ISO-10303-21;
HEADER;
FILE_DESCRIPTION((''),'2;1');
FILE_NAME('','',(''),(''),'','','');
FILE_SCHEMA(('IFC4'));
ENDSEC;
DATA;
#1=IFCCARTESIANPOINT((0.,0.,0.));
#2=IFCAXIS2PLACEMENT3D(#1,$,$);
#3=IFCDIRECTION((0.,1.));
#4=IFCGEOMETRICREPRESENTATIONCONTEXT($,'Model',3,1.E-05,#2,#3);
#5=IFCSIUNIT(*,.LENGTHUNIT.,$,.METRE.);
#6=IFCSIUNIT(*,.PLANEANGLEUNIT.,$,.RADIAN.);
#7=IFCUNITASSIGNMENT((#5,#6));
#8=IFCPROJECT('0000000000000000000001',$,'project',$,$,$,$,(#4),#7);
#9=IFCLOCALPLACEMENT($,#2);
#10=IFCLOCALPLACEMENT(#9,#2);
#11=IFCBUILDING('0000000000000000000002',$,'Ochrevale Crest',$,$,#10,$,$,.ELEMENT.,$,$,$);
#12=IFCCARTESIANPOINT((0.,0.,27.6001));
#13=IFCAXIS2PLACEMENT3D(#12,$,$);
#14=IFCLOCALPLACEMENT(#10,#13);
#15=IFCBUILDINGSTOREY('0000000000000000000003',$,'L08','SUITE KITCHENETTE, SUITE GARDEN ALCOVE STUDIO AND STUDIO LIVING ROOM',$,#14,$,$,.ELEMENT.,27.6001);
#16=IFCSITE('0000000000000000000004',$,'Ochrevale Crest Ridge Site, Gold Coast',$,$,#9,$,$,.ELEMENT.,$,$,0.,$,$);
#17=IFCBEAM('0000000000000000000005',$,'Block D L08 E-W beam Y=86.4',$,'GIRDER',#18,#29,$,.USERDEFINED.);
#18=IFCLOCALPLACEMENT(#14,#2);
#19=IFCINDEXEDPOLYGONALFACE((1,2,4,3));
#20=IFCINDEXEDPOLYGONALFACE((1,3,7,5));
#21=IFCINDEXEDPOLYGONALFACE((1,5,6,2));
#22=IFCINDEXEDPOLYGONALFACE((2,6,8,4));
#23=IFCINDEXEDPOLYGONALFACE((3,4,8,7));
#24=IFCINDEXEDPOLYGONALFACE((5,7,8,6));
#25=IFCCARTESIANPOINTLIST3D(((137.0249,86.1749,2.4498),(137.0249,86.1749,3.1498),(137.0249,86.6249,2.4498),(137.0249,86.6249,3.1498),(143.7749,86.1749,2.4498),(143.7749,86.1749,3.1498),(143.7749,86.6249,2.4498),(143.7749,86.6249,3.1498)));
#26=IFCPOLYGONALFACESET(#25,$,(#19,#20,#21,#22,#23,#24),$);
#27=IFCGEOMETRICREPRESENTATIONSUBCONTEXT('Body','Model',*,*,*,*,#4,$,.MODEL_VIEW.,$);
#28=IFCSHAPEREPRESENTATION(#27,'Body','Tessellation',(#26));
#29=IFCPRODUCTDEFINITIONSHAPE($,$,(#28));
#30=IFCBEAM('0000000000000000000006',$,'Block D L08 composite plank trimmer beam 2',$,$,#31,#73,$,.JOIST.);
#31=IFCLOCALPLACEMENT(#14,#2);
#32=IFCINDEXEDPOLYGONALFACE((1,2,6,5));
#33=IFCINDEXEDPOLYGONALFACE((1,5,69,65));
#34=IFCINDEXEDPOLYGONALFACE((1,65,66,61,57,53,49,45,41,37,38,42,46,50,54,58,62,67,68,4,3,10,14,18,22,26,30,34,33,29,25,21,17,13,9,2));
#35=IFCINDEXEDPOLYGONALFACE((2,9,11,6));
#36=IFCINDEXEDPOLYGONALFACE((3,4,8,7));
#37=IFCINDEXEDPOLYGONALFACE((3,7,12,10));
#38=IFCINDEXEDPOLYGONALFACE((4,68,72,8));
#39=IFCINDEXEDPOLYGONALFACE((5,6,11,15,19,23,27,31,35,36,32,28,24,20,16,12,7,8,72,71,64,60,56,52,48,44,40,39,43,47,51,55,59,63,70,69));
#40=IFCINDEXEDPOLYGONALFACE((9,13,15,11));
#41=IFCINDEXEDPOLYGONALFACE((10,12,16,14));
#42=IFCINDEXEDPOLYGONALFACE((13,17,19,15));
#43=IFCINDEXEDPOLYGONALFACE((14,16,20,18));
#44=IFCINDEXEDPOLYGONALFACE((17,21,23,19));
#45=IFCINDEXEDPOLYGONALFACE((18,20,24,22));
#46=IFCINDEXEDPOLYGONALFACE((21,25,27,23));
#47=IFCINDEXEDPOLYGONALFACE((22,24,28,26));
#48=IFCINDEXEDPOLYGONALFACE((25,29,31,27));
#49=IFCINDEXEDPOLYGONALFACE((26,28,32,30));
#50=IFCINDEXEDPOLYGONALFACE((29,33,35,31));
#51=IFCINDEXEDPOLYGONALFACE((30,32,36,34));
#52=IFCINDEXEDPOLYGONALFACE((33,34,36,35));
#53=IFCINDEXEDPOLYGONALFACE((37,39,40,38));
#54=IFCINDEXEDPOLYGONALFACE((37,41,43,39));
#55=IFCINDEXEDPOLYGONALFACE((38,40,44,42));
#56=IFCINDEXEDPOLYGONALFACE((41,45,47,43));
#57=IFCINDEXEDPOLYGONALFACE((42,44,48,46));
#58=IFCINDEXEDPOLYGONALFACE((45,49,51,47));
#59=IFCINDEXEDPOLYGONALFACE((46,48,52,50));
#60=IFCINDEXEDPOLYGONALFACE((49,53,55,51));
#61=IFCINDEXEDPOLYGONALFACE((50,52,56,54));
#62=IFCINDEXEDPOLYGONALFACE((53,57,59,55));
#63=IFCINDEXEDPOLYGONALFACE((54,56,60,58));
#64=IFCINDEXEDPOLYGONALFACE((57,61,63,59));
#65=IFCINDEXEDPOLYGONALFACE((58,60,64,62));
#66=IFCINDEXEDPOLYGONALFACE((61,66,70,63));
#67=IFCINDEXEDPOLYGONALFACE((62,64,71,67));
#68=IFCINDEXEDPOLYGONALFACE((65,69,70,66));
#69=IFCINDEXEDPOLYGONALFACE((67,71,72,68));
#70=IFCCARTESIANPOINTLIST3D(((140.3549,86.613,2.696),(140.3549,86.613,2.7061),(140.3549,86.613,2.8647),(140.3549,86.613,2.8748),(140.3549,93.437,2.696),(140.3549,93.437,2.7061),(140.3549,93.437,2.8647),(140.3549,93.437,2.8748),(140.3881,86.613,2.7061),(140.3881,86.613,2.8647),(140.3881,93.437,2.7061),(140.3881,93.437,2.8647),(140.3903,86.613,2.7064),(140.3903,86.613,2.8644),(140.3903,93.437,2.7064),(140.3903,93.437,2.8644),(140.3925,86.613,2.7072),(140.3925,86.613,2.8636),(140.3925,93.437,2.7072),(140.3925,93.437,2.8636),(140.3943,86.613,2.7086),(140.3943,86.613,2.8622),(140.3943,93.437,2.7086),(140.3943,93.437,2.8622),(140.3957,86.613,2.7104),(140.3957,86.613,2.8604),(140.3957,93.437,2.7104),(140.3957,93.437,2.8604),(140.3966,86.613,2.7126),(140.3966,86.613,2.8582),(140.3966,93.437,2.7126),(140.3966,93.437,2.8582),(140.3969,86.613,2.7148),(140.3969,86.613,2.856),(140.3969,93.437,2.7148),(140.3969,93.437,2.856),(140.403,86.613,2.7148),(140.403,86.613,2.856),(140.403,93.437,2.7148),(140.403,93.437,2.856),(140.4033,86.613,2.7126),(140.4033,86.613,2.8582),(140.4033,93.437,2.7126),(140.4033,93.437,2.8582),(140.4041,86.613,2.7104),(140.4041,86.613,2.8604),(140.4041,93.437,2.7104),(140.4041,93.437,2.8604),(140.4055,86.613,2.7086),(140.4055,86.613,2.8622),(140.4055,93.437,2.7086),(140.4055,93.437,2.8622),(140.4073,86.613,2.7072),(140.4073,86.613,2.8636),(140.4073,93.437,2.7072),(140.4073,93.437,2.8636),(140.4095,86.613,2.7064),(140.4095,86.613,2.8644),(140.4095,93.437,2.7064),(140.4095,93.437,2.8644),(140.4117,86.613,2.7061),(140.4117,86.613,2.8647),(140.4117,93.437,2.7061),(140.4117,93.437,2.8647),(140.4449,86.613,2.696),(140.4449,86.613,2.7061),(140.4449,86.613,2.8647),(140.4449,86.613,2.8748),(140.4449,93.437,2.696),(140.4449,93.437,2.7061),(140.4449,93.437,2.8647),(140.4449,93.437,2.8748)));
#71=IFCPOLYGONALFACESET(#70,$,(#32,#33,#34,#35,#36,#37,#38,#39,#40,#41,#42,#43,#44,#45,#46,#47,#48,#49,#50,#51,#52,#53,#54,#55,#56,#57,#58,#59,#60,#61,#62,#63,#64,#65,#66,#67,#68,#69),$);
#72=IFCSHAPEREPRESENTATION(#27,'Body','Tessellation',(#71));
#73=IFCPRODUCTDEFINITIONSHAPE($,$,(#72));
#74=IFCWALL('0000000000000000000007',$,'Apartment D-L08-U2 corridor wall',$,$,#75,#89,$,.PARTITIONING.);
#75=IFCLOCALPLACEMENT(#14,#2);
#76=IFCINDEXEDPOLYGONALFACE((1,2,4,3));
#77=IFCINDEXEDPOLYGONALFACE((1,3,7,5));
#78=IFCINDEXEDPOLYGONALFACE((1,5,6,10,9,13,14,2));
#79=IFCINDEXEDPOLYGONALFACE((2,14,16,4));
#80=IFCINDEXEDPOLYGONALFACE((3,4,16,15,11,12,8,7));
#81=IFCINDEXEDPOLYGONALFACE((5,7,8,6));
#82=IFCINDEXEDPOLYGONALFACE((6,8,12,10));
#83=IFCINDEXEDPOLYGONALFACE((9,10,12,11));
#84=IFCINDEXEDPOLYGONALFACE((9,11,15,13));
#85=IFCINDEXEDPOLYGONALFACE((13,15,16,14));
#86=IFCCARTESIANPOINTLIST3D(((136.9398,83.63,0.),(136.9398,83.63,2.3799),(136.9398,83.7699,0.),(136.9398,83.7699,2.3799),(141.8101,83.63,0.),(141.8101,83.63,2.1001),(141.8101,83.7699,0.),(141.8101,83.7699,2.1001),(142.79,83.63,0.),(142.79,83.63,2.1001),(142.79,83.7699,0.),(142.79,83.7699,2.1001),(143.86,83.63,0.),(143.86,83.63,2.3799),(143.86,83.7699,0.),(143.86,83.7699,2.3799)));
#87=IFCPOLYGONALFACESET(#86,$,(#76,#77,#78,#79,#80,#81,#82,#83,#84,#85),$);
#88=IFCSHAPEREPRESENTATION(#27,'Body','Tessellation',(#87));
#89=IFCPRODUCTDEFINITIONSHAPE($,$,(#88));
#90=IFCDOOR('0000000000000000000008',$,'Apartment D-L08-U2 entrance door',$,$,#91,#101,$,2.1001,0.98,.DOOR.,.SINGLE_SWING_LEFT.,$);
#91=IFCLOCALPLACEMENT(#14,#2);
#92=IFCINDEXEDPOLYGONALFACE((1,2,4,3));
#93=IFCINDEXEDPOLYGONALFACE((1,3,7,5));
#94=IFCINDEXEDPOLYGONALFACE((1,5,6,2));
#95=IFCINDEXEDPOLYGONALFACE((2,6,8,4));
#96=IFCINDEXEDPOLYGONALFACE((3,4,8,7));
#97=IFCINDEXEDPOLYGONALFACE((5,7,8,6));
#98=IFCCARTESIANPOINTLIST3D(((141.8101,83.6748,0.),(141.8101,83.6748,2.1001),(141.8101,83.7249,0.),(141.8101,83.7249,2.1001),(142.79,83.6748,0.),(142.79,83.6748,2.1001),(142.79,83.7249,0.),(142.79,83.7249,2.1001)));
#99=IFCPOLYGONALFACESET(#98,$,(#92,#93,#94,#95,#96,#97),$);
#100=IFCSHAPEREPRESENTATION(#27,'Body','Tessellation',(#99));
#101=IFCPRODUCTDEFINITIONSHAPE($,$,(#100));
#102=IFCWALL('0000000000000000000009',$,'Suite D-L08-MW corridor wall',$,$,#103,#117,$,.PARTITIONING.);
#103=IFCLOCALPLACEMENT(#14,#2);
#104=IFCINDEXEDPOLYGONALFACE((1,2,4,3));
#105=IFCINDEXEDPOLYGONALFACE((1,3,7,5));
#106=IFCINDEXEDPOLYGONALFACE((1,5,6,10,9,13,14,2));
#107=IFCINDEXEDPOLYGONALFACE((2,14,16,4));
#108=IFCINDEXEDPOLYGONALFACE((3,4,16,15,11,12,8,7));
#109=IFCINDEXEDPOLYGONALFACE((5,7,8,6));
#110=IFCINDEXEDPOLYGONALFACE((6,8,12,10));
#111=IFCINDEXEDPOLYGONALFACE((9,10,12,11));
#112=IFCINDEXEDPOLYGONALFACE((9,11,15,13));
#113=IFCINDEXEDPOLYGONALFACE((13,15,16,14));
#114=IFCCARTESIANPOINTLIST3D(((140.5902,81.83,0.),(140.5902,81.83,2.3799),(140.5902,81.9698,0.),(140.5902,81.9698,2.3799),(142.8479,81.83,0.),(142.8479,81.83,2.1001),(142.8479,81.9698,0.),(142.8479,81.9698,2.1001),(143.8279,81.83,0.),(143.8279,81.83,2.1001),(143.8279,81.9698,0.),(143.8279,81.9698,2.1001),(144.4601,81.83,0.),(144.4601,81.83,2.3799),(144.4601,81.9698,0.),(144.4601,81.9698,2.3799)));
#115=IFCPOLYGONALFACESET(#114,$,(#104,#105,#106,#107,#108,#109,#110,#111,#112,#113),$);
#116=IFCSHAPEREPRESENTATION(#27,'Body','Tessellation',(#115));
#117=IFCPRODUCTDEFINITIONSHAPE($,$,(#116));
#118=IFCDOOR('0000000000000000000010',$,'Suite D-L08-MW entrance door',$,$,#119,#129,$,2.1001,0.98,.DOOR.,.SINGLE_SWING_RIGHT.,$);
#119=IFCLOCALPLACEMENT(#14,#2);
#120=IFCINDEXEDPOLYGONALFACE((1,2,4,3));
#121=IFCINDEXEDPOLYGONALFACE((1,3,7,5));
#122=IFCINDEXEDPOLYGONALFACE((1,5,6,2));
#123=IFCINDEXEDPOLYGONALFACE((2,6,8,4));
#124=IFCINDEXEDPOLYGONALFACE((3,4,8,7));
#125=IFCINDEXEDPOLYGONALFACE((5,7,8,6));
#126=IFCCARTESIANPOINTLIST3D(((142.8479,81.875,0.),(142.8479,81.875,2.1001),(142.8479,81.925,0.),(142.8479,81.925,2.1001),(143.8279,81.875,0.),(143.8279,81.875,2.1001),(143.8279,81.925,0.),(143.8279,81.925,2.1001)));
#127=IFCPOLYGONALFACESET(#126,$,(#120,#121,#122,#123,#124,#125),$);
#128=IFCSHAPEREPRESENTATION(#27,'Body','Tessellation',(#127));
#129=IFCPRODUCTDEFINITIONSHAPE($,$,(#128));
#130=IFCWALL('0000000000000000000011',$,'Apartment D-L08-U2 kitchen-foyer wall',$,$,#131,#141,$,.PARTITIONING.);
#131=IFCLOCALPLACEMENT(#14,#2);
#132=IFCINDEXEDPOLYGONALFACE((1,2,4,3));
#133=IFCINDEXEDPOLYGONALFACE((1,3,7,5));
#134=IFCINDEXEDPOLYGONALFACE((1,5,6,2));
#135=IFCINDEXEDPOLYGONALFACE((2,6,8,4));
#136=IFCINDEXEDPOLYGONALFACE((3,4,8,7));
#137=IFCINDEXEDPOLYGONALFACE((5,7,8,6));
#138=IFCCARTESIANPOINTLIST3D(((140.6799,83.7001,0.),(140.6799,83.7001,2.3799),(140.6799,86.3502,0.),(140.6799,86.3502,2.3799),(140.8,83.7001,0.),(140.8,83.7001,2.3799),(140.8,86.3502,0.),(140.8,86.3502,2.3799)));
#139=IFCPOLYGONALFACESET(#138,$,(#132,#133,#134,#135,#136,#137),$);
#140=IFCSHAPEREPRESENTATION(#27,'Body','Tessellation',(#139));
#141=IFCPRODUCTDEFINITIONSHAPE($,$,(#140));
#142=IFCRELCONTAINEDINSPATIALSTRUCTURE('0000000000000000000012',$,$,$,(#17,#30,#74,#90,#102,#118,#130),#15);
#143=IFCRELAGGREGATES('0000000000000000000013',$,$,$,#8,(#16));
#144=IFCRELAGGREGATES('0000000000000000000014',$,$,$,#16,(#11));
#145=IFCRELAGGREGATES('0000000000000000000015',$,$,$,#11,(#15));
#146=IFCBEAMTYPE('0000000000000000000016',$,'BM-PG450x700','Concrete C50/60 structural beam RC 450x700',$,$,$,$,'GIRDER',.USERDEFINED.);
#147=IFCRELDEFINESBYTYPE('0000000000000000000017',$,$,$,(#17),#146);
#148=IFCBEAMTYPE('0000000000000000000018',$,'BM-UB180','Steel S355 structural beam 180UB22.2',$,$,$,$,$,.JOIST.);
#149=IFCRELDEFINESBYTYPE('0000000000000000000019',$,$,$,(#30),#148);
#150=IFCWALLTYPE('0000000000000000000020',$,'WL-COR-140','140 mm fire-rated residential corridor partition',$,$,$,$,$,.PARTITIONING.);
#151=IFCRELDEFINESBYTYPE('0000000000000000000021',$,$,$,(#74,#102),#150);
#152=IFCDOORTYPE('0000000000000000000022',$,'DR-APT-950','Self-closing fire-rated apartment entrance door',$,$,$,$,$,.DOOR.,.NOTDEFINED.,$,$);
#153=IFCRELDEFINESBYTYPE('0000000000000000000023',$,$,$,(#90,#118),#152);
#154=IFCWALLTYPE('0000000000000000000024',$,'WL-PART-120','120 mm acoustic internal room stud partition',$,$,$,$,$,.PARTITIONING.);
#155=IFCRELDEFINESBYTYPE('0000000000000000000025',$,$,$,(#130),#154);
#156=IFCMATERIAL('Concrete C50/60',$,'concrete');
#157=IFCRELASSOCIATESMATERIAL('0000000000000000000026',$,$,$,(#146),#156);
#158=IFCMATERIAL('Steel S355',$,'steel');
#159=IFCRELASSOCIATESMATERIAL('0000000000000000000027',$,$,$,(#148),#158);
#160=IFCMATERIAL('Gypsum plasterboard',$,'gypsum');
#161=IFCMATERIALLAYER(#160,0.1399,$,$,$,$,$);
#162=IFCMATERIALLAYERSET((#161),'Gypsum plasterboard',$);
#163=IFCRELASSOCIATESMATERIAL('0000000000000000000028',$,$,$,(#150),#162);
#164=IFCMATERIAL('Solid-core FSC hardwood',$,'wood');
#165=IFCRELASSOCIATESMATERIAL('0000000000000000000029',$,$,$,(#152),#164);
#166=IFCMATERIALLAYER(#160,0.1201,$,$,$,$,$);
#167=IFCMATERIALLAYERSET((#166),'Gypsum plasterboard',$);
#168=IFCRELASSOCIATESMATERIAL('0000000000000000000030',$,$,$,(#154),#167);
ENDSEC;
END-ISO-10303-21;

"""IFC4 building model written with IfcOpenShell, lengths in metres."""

from ifc_helpers import new_model, si_unit, direction, frame, frame_2d, origin, origin_2d, place, context, subcontext, project, spatial, rectangle, i_section, extrude, material, layer, layer_set, material_profile, profile_set, type_object, element, fill, save


model = new_model("IFC4")

# Units and contexts
model_context = context("Model", 3, precision=1e-05, world=origin(), true_north=direction((0.0, 1.0)))
body_context = subcontext(model_context, "Body", "Model", "MODEL_VIEW")
ifc_project = project(units=[si_unit("LENGTHUNIT", "METRE"), si_unit("PLANEANGLEUNIT", "RADIAN")], contexts=[model_context])

# Site, building, storey
site_placement = place(None, origin())
site = spatial("IfcSite", under=ifc_project, at=site_placement, Name="Ochrevale Crest Ridge Site, Gold Coast", CompositionType="ELEMENT", RefElevation=0.0)
building_placement = place(site_placement, origin())
building = spatial("IfcBuilding", under=site, at=building_placement, Name="Ochrevale Crest", CompositionType="ELEMENT")
storey_placement = place(building_placement, frame((0.0, 0.0, 27.6001)))
storey = spatial("IfcBuildingStorey", under=building, at=storey_placement, Name="L08", Description="SUITE KITCHENETTE, SUITE GARDEN ALCOVE STUDIO AND STUDIO LIVING ROOM", CompositionType="ELEMENT", Elevation=27.6001)

# Beams
ifc_material_1 = material(Name="Concrete C50/60", Category="concrete")
ifc_material_profile_1 = material_profile(ifc_material_1, rectangle(XDim=0.45, YDim=0.7, at=origin_2d()), Name="RC 450x700")
ifc_profile_set_1 = profile_set([ifc_material_profile_1], Name="Concrete C50/60")
beam_type_1 = type_object("IfcBeamType", Name="BM-PG450x700", Description="Concrete C50/60 structural beam RC 450x700", ElementType="GIRDER", PredefinedType="USERDEFINED", material=ifc_profile_set_1)
beam_1_placement = place(storey_placement, frame((137.0249, 86.3999, 2.7998), z_axis=(1.0, 0.0, 0.0), x_axis=(0.0, 1.0, 0.0)))
element("IfcBeam", 1, at=beam_1_placement, inside=storey, type_object=beam_type_1, Name="Block D L08 E-W beam Y=86.4", ObjectType="GIRDER", PredefinedType="USERDEFINED", context=body_context, shape_type="SweptSolid", body=[
    extrude(rectangle(XDim=0.45, YDim=0.7, at=origin_2d()), origin(), (0.0, 0.0, 1.0), 6.75),
])
ifc_material_2 = material(Name="Steel S355", Category="steel")
ifc_material_profile_2 = material_profile(ifc_material_2, i_section(OverallWidth=0.0901, OverallDepth=0.1787, WebThickness=0.0061, FlangeThickness=0.01, FilletRadius=0.0088, at=origin_2d()), Name="180UB22.2")
ifc_profile_set_2 = profile_set([ifc_material_profile_2], Name="Steel S355")
beam_type_2 = type_object("IfcBeamType", Name="BM-UB180", Description="Steel S355 structural beam 180UB22.2", PredefinedType="JOIST", material=ifc_profile_set_2)
beam_2_placement = place(storey_placement, frame((140.3999, 86.613, 2.7854), z_axis=(0.0, 1.0, 0.0), x_axis=(-1.0, 0.0, 0.0)))
element("IfcBeam", 2, at=beam_2_placement, inside=storey, type_object=beam_type_2, Name="Block D L08 composite plank trimmer beam 2", PredefinedType="JOIST", context=body_context, shape_type="SweptSolid", body=[
    extrude(i_section(OverallWidth=0.0901, OverallDepth=0.1787, WebThickness=0.0061, FlangeThickness=0.01, FilletRadius=0.0088, at=origin_2d()), origin(), (0.0, 0.0, 1.0), 6.824),
])

# Walls, openings, doors
ifc_material_3 = material(Name="Gypsum plasterboard", Category="gypsum")
ifc_layer_1 = layer(ifc_material_3, 0.1399)
ifc_layer_set_1 = layer_set([ifc_layer_1], Name="Gypsum plasterboard")
wall_type_1 = type_object("IfcWallType", Name="WL-COR-140", Description="140 mm fire-rated residential corridor partition", PredefinedType="PARTITIONING", material=ifc_layer_set_1)
wall_1_placement = place(storey_placement, frame((136.9399, 83.7, 0.0), z_axis=(0.0, 0.0, 1.0), x_axis=(1.0, 0.0, 0.0)))
wall_1 = element("IfcWall", 3, at=wall_1_placement, inside=storey, type_object=wall_type_1, Name="Apartment D-L08-U2 corridor wall", PredefinedType="PARTITIONING", context=body_context, shape_type="SweptSolid", body=[
    extrude(rectangle(XDim=6.9202, YDim=0.1399, at=frame_2d((3.46, 0.0))), origin(), (0.0, 0.0, 1.0), 2.3799),
])
opening_1_placement = place(wall_1_placement, frame((4.8701, 0.0, 0.0)))
opening_1 = element("IfcOpeningElement", 4, at=opening_1_placement, cuts=wall_1, PredefinedType="OPENING", context=body_context, shape_type="SweptSolid", body=[
    extrude(rectangle(XDim=0.98, YDim=2.1001, at=frame_2d((0.49, 1.05))), frame((0.0, 0.0801, 0.0), z_axis=(0.0, -1.0, 0.0), x_axis=(1.0, 0.0, 0.0)), (0.0, 0.0, 1.0), 0.1599),
])
ifc_material_4 = material(Name="Solid-core FSC hardwood", Category="wood")
door_type_1 = type_object("IfcDoorType", Name="DR-APT-950", Description="Self-closing fire-rated apartment entrance door", OperationType="NOTDEFINED", PredefinedType="DOOR", material=ifc_material_4)
door_1_placement = place(opening_1_placement, origin())
door_1 = element("IfcDoor", 5, at=door_1_placement, inside=storey, type_object=door_type_1, Name="Apartment D-L08-U2 entrance door", OperationType="SINGLE_SWING_LEFT", OverallHeight=2.1001, OverallWidth=0.98, PredefinedType="DOOR", context=body_context, shape_type="SweptSolid", body=[
    extrude(rectangle(XDim=0.98, YDim=2.1001, at=frame_2d((0.49, 1.05))), frame((0.0, 0.0249, 0.0), z_axis=(0.0, -1.0, 0.0), x_axis=(1.0, 0.0, 0.0)), (0.0, 0.0, 1.0), 0.05),
])
fill(opening_1, door_1)
wall_2_placement = place(storey_placement, frame((140.5901, 81.8999, 0.0), z_axis=(0.0, 0.0, 1.0), x_axis=(1.0, 0.0, 0.0)))
wall_2 = element("IfcWall", 6, at=wall_2_placement, inside=storey, type_object=wall_type_1, Name="Suite D-L08-MW corridor wall", PredefinedType="PARTITIONING", context=body_context, shape_type="SweptSolid", body=[
    extrude(rectangle(XDim=3.8699, YDim=0.1399, at=frame_2d((1.9351, 0.0))), origin(), (0.0, 0.0, 1.0), 2.3799),
])
opening_2_placement = place(wall_2_placement, frame((3.2378, 0.0, 0.0), z_axis=(0.0, 0.0, 1.0), x_axis=(-1.0, 0.0, 0.0)))
opening_2 = element("IfcOpeningElement", 7, at=opening_2_placement, cuts=wall_2, PredefinedType="OPENING", context=body_context, shape_type="SweptSolid", body=[
    extrude(rectangle(XDim=0.98, YDim=2.1001, at=frame_2d((0.49, 1.05))), frame((0.0, 0.0801, 0.0), z_axis=(0.0, -1.0, 0.0), x_axis=(1.0, 0.0, 0.0)), (0.0, 0.0, 1.0), 0.1599),
])
door_2_placement = place(opening_2_placement, origin())
door_2 = element("IfcDoor", 8, at=door_2_placement, inside=storey, type_object=door_type_1, Name="Suite D-L08-MW entrance door", OperationType="SINGLE_SWING_RIGHT", OverallHeight=2.1001, OverallWidth=0.98, PredefinedType="DOOR", context=body_context, shape_type="SweptSolid", body=[
    extrude(rectangle(XDim=0.98, YDim=2.1001, at=frame_2d((0.49, 1.05))), frame((0.0, 0.0249, 0.0), z_axis=(0.0, -1.0, 0.0), x_axis=(1.0, 0.0, 0.0)), (0.0, 0.0, 1.0), 0.05),
])
fill(opening_2, door_2)

# Wall
ifc_layer_2 = layer(ifc_material_3, 0.1201)
ifc_layer_set_2 = layer_set([ifc_layer_2], Name="Gypsum plasterboard")
wall_type_2 = type_object("IfcWallType", Name="WL-PART-120", Description="120 mm acoustic internal room stud partition", PredefinedType="PARTITIONING", material=ifc_layer_set_2)
wall_3_placement = place(storey_placement, frame((140.74, 83.7, 0.0), z_axis=(0.0, 0.0, 1.0), x_axis=(0.0, 1.0, 0.0)))
element("IfcWall", 9, at=wall_3_placement, inside=storey, type_object=wall_type_2, Name="Apartment D-L08-U2 kitchen-foyer wall", PredefinedType="PARTITIONING", context=body_context, shape_type="SweptSolid", body=[
    extrude(rectangle(XDim=2.6501, YDim=0.1201, at=frame_2d((1.3252, 0.0))), origin(), (0.0, 0.0, 1.0), 2.3799),
])

save(model, "model.ifc")
